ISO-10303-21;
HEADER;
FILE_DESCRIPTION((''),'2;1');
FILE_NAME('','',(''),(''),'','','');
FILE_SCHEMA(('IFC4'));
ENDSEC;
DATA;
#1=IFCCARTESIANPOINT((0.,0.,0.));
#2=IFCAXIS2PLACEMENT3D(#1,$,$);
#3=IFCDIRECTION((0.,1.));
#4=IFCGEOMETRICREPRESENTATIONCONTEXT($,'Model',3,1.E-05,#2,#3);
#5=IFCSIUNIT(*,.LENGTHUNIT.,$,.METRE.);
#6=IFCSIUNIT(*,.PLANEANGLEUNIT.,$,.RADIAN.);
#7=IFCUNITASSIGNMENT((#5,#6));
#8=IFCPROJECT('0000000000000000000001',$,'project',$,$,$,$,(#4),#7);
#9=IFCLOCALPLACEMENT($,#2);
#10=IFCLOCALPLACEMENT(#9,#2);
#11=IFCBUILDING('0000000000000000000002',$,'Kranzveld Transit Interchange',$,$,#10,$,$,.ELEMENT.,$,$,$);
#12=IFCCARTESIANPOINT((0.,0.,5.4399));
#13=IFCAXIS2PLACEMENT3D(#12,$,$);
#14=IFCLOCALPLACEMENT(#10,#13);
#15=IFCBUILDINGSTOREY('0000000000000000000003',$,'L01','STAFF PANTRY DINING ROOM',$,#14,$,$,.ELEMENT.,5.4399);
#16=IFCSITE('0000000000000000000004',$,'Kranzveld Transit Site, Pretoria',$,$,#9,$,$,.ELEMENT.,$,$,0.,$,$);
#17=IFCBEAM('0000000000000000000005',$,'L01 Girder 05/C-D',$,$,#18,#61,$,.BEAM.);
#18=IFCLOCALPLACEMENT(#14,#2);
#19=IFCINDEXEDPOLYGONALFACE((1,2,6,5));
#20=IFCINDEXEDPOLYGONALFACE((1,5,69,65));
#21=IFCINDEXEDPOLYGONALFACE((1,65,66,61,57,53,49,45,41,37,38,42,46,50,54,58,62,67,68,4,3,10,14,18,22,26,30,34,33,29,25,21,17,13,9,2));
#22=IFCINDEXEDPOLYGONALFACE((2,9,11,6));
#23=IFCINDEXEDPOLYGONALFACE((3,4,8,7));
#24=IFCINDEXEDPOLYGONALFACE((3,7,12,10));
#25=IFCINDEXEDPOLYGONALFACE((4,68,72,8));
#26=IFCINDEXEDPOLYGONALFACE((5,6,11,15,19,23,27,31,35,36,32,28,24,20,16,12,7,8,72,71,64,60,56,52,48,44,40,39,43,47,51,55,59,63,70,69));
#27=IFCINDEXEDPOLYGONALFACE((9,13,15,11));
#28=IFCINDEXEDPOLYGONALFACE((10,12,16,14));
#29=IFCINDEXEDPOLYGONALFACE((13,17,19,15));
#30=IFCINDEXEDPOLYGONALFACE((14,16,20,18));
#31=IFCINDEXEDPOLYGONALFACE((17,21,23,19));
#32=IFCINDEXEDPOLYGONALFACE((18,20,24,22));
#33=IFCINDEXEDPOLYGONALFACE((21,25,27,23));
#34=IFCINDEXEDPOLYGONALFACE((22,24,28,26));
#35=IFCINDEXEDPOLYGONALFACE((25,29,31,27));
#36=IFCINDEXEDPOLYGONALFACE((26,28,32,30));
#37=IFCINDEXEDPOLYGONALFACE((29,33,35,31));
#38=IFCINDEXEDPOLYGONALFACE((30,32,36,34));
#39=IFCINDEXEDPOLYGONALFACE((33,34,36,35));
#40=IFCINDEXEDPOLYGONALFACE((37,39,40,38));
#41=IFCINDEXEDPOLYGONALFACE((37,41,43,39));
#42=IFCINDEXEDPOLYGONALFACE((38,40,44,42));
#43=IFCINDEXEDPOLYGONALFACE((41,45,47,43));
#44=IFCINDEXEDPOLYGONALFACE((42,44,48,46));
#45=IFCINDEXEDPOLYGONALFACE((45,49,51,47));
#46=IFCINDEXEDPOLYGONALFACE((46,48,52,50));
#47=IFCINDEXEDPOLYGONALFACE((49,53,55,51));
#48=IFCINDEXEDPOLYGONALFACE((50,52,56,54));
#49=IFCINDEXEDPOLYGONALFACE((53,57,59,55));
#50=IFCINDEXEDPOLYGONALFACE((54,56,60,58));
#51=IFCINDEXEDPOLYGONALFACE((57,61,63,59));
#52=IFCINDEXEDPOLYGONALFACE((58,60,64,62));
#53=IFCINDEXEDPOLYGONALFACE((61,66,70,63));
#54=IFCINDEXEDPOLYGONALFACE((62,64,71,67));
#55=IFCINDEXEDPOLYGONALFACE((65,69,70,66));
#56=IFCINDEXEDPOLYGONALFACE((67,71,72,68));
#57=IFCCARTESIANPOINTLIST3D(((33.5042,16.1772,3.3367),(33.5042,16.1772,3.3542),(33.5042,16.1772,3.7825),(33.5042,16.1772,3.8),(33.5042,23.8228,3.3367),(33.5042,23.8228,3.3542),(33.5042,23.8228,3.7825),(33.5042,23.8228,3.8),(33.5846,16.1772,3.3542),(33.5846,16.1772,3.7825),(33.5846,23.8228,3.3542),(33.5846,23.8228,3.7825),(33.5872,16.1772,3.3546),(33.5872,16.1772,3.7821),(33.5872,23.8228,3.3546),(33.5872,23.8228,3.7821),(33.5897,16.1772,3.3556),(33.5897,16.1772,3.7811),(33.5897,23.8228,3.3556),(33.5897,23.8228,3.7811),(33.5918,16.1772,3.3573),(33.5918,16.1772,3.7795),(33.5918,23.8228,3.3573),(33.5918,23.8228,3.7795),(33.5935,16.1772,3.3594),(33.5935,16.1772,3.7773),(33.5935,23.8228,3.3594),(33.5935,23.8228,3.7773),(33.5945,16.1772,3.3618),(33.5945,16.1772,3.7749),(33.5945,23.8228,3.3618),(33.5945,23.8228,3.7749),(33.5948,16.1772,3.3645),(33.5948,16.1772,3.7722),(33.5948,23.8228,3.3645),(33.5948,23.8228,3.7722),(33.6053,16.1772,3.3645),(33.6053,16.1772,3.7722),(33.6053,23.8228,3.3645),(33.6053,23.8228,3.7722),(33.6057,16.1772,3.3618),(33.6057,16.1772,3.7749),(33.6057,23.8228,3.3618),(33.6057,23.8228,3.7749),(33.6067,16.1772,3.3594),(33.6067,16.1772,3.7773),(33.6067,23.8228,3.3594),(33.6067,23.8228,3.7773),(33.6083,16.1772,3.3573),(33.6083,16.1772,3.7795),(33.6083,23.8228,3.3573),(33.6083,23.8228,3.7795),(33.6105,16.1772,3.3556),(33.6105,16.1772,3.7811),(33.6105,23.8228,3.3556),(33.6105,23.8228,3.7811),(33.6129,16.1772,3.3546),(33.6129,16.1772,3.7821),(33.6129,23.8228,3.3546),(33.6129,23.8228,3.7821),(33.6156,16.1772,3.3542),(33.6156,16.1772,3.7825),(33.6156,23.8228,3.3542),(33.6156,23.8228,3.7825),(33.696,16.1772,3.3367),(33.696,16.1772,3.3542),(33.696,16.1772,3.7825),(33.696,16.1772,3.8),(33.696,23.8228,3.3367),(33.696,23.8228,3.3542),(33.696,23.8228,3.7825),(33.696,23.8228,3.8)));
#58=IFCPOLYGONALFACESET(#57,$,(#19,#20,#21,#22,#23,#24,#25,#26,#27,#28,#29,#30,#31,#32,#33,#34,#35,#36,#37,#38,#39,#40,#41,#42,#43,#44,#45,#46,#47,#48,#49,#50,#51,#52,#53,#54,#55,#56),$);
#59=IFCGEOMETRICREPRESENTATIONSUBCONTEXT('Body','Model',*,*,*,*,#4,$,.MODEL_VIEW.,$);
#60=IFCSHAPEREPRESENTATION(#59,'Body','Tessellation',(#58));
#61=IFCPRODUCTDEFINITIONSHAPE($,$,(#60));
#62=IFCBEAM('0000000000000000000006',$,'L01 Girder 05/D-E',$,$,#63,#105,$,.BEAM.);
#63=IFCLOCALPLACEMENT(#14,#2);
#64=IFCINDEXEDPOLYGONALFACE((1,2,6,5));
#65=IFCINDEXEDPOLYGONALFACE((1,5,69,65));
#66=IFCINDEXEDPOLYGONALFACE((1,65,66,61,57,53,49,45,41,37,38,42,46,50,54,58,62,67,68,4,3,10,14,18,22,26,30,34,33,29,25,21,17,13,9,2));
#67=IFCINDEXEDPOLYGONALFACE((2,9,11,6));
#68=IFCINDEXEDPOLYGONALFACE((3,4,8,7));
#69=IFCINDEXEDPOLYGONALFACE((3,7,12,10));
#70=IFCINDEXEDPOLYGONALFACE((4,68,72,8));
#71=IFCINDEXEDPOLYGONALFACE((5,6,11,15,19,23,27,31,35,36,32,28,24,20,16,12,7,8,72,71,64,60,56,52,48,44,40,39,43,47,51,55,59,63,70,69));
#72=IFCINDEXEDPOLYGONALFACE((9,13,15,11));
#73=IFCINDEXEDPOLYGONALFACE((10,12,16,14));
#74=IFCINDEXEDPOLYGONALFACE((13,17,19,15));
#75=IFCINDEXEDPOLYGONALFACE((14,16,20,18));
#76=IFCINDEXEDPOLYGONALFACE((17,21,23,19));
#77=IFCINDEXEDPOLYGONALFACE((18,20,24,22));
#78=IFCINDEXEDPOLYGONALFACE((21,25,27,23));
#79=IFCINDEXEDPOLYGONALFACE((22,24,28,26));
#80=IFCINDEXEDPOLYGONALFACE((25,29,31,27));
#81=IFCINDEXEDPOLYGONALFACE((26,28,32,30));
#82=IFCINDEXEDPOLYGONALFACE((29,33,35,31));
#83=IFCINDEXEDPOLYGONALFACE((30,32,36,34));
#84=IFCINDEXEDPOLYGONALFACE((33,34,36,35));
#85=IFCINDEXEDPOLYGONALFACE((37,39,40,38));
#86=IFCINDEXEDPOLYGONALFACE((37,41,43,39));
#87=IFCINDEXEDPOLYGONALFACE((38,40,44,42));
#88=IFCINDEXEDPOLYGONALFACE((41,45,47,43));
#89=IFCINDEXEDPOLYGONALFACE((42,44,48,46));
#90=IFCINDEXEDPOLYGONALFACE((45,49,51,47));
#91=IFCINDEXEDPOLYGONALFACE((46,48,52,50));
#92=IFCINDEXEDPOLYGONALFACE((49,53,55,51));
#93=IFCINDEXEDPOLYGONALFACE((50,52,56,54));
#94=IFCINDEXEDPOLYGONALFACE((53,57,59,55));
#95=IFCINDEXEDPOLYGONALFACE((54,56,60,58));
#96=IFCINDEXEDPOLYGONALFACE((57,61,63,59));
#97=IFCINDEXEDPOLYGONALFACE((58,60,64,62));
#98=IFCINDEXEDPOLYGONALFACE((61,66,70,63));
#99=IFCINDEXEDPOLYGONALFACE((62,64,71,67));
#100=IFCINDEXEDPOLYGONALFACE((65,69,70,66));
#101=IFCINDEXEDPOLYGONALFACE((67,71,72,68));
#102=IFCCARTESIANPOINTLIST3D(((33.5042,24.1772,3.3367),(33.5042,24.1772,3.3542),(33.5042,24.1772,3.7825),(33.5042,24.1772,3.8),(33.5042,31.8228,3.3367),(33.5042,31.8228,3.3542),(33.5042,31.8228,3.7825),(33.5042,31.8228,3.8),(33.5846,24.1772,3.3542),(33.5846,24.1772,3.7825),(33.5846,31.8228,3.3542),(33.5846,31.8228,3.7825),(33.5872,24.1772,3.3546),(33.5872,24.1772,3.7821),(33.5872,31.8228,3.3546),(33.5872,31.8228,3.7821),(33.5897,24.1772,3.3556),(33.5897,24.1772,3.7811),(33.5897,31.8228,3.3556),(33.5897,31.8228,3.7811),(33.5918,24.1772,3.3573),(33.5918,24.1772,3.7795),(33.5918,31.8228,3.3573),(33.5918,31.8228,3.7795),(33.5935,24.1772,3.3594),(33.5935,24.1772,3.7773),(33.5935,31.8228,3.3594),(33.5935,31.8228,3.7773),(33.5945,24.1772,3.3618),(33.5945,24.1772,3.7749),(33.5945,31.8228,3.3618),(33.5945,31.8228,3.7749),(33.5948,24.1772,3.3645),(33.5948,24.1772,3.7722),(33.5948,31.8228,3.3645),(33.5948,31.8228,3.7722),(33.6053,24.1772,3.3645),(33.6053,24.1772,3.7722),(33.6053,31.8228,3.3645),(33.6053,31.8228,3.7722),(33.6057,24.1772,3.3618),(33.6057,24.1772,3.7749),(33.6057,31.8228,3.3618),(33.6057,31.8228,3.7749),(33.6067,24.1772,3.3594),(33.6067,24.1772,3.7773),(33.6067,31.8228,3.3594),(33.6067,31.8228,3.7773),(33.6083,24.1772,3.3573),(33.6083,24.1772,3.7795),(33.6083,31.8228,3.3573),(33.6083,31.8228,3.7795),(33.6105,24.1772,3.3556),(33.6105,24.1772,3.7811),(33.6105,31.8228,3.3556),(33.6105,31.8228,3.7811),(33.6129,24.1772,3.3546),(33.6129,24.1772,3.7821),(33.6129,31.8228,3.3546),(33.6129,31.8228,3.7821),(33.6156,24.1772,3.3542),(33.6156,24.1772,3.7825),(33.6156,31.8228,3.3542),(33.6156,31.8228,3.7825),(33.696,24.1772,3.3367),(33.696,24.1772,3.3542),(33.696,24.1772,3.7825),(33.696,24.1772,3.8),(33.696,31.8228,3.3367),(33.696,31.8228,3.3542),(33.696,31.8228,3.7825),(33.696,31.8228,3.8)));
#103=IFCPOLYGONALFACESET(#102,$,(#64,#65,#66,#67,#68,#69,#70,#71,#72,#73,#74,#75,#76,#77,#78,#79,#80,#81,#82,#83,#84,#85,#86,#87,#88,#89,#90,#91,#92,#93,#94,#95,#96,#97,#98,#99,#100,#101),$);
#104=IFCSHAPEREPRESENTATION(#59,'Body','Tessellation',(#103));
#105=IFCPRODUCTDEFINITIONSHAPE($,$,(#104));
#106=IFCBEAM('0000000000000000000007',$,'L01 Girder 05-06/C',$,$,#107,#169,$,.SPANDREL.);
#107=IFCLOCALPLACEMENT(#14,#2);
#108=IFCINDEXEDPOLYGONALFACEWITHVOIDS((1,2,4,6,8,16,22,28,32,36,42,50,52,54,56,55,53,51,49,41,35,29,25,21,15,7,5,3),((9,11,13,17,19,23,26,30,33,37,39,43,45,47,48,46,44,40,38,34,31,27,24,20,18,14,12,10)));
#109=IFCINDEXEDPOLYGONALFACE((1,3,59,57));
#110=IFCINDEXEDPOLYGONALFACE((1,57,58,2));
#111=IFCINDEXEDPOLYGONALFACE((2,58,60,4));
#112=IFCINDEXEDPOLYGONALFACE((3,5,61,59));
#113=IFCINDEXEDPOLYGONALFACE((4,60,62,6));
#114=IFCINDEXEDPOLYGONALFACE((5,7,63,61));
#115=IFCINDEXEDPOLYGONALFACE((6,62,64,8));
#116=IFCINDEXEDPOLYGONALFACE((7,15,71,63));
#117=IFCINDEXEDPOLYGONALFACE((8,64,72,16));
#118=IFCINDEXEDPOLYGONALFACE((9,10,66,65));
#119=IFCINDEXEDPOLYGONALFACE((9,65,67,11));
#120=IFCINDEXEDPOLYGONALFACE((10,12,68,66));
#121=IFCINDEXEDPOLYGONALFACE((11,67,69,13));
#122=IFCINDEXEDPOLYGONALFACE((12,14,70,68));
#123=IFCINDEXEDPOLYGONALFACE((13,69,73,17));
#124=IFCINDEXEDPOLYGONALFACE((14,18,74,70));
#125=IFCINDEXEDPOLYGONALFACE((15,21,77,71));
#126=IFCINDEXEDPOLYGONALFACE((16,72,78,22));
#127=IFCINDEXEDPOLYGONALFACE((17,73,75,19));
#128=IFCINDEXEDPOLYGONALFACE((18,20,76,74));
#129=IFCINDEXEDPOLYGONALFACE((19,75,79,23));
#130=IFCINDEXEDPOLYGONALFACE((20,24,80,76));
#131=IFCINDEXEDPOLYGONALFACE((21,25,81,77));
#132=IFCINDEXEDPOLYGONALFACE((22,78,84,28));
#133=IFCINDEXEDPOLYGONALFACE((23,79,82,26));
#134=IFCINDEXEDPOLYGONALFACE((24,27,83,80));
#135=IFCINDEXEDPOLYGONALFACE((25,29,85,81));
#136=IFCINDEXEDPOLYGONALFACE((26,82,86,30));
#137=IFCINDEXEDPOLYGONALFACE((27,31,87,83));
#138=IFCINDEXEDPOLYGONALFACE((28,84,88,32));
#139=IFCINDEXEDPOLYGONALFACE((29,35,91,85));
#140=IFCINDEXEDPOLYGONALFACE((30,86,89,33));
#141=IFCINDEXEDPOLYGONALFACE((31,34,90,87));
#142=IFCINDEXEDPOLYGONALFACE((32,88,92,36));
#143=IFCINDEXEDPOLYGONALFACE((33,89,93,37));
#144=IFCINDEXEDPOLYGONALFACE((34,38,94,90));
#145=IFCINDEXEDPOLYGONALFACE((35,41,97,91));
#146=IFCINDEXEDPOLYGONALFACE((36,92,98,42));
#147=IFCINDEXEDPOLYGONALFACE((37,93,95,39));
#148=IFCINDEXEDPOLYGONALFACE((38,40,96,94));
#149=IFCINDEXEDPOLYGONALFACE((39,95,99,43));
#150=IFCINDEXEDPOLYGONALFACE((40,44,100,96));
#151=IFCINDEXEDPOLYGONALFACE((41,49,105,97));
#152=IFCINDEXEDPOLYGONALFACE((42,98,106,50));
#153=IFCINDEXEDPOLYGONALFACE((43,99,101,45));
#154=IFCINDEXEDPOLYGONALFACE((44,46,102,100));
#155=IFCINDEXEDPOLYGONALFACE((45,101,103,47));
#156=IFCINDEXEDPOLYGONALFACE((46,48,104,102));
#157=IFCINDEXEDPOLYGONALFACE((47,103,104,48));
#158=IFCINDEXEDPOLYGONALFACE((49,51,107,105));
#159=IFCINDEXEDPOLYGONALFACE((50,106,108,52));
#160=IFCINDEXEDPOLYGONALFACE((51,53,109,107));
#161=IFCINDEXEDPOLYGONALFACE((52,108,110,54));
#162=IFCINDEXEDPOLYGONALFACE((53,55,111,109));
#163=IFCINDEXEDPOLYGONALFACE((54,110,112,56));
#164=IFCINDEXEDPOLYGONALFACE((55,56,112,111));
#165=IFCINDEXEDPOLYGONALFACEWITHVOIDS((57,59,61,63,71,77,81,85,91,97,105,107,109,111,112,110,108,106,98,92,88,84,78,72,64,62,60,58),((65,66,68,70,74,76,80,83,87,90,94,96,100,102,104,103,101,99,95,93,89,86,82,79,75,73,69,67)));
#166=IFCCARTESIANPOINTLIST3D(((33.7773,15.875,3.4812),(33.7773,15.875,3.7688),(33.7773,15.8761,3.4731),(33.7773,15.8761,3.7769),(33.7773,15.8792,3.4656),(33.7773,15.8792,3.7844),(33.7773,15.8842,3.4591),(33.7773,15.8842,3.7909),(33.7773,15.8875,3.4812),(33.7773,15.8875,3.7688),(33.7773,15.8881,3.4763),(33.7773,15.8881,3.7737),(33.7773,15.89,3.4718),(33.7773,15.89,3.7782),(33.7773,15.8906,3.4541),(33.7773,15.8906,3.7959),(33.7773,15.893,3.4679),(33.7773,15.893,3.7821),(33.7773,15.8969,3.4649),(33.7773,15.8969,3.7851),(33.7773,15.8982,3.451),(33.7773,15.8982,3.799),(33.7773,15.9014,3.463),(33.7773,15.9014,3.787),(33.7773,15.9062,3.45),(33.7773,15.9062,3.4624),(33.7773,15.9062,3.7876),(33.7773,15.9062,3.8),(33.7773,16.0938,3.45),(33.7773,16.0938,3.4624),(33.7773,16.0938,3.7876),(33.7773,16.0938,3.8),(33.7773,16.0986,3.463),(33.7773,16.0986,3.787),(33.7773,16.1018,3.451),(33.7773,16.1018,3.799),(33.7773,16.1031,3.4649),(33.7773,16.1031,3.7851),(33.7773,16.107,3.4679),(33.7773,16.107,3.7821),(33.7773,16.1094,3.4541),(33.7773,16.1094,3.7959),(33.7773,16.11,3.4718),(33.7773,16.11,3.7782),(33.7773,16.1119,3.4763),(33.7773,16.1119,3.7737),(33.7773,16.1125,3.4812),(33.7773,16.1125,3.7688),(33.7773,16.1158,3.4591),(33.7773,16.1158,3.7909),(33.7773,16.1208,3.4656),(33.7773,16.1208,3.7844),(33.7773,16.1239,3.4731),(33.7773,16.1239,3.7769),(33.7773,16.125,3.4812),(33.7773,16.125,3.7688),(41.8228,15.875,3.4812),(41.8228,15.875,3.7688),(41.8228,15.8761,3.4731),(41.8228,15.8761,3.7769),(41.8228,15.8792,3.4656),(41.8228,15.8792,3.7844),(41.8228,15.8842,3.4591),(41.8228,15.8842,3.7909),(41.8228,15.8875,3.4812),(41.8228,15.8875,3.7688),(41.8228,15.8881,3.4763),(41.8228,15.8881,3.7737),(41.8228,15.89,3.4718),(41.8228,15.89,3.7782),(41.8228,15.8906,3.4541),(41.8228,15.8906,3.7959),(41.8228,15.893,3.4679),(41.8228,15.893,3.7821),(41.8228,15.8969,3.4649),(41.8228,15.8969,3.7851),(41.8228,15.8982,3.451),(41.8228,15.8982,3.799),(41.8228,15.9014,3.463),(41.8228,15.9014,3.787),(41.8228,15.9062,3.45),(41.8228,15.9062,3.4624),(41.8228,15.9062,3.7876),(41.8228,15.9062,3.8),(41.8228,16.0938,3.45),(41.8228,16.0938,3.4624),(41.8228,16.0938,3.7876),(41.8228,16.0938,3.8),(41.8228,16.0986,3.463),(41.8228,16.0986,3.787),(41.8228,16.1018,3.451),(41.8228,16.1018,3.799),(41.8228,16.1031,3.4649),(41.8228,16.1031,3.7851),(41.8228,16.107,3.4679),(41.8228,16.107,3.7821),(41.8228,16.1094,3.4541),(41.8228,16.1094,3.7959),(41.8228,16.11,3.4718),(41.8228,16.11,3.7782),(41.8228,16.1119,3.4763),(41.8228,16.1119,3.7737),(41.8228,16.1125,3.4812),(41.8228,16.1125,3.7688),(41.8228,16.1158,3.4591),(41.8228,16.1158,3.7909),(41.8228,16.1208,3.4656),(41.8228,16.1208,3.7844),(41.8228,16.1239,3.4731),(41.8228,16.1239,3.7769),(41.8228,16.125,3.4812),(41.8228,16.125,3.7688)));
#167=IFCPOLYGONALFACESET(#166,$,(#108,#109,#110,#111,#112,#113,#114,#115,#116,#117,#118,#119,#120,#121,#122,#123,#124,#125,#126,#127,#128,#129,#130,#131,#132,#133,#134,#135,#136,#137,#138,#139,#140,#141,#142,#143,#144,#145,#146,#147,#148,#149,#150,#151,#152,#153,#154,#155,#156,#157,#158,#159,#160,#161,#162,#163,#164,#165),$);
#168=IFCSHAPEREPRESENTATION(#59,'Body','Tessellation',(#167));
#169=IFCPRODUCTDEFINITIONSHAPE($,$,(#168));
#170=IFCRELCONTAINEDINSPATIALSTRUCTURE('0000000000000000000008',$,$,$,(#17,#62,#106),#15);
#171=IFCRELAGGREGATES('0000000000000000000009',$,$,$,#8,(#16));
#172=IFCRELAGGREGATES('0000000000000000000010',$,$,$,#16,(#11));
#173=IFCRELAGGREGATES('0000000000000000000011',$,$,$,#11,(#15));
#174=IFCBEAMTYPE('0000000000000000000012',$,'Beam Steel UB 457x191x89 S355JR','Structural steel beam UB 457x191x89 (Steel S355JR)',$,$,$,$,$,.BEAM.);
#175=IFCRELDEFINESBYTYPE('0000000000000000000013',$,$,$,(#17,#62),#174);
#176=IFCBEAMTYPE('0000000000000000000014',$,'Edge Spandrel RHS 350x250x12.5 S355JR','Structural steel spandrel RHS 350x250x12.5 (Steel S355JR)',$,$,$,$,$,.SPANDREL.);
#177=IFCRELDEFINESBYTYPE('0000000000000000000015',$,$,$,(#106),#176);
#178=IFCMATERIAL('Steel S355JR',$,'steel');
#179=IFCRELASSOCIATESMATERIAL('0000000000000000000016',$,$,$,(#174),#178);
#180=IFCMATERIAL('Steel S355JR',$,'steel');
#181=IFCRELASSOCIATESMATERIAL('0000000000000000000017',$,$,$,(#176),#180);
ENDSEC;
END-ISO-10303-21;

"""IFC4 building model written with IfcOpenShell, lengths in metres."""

from ifc_helpers import new_model, si_unit, direction, frame, origin, origin_2d, place, context, subcontext, project, spatial, hollow_rectangle, i_section, extrude, material, material_profile, profile_set, type_object, element, save


model = new_model("IFC4")

# Units and contexts
model_context = context("Model", 3, precision=1e-05, world=origin(), true_north=direction((0.0, 1.0)))
body_context = subcontext(model_context, "Body", "Model", "MODEL_VIEW")
ifc_project = project(units=[si_unit("LENGTHUNIT", "METRE"), si_unit("PLANEANGLEUNIT", "RADIAN")], contexts=[model_context])

# Site, building, storey
site_placement = place(None, origin())
site = spatial("IfcSite", under=ifc_project, at=site_placement, Name="Kranzveld Transit Site, Pretoria", CompositionType="ELEMENT", RefElevation=0.0)
building_placement = place(site_placement, origin())
building = spatial("IfcBuilding", under=site, at=building_placement, Name="Kranzveld Transit Interchange", CompositionType="ELEMENT")
storey_placement = place(building_placement, frame((0.0, 0.0, 5.4399)))
storey = spatial("IfcBuildingStorey", under=building, at=storey_placement, Name="L01", Description="STAFF PANTRY DINING ROOM", CompositionType="ELEMENT", Elevation=5.4399)

# Beams
ifc_material_1 = material(Name="Steel S355JR", Category="steel")
ifc_material_profile_1 = material_profile(ifc_material_1, i_section(OverallWidth=0.1919, OverallDepth=0.4634, WebThickness=0.0105, FlangeThickness=0.0176, FilletRadius=0.0103, at=origin_2d()), Name="UB 457x191x89")
ifc_profile_set_1 = profile_set([ifc_material_profile_1], Name="Steel S355JR")
beam_type_1 = type_object("IfcBeamType", Name="Beam Steel UB 457x191x89 S355JR", Description="Structural steel beam UB 457x191x89 (Steel S355JR)", PredefinedType="BEAM", material=ifc_profile_set_1)
for number, where, z_axis, x_axis, name in (
    (1, (33.6001, 16.1772, 3.5684), (0.0, 1.0, 0.0), (-1.0, 0.0, 0.0), "L01 Girder 05/C-D"),
    (2, (33.6001, 24.1772, 3.5684), (0.0, 1.0, 0.0), (-1.0, 0.0, 0.0), "L01 Girder 05/D-E"),
):
    element("IfcBeam", number, at=place(storey_placement, frame(where, z_axis=z_axis, x_axis=x_axis)), inside=storey, type_object=beam_type_1, Name=name, PredefinedType="BEAM", context=body_context, shape_type="SweptSolid", body=[
        extrude(i_section(OverallWidth=0.1919, OverallDepth=0.4634, WebThickness=0.0105, FlangeThickness=0.0176, FilletRadius=0.0103, at=origin_2d()), origin(), (0.0, 0.0, 1.0), 7.6455),
    ])
ifc_material_2 = material(Name="Steel S355JR", Category="steel")
ifc_material_profile_2 = material_profile(ifc_material_2, hollow_rectangle(XDim=0.25, YDim=0.3501, WallThickness=0.0125, InnerFilletRadius=0.0188, OuterFilletRadius=0.0312, at=origin_2d()), Name="RHS 350x250x12.5")
ifc_profile_set_2 = profile_set([ifc_material_profile_2], Name="Steel S355JR")
beam_type_2 = type_object("IfcBeamType", Name="Edge Spandrel RHS 350x250x12.5 S355JR", Description="Structural steel spandrel RHS 350x250x12.5 (Steel S355JR)", PredefinedType="SPANDREL", material=ifc_profile_set_2)
beam_placement = place(storey_placement, frame((33.7773, 16.0, 3.625), z_axis=(1.0, 0.0, 0.0), x_axis=(0.0, 1.0, 0.0)))
element("IfcBeam", 3, at=beam_placement, inside=storey, type_object=beam_type_2, Name="L01 Girder 05-06/C", PredefinedType="SPANDREL", context=body_context, shape_type="SweptSolid", body=[
    extrude(hollow_rectangle(XDim=0.25, YDim=0.3501, WallThickness=0.0125, InnerFilletRadius=0.0188, OuterFilletRadius=0.0312, at=origin_2d()), origin(), (0.0, 0.0, 1.0), 8.0454),
])

save(model, "model.ifc")
